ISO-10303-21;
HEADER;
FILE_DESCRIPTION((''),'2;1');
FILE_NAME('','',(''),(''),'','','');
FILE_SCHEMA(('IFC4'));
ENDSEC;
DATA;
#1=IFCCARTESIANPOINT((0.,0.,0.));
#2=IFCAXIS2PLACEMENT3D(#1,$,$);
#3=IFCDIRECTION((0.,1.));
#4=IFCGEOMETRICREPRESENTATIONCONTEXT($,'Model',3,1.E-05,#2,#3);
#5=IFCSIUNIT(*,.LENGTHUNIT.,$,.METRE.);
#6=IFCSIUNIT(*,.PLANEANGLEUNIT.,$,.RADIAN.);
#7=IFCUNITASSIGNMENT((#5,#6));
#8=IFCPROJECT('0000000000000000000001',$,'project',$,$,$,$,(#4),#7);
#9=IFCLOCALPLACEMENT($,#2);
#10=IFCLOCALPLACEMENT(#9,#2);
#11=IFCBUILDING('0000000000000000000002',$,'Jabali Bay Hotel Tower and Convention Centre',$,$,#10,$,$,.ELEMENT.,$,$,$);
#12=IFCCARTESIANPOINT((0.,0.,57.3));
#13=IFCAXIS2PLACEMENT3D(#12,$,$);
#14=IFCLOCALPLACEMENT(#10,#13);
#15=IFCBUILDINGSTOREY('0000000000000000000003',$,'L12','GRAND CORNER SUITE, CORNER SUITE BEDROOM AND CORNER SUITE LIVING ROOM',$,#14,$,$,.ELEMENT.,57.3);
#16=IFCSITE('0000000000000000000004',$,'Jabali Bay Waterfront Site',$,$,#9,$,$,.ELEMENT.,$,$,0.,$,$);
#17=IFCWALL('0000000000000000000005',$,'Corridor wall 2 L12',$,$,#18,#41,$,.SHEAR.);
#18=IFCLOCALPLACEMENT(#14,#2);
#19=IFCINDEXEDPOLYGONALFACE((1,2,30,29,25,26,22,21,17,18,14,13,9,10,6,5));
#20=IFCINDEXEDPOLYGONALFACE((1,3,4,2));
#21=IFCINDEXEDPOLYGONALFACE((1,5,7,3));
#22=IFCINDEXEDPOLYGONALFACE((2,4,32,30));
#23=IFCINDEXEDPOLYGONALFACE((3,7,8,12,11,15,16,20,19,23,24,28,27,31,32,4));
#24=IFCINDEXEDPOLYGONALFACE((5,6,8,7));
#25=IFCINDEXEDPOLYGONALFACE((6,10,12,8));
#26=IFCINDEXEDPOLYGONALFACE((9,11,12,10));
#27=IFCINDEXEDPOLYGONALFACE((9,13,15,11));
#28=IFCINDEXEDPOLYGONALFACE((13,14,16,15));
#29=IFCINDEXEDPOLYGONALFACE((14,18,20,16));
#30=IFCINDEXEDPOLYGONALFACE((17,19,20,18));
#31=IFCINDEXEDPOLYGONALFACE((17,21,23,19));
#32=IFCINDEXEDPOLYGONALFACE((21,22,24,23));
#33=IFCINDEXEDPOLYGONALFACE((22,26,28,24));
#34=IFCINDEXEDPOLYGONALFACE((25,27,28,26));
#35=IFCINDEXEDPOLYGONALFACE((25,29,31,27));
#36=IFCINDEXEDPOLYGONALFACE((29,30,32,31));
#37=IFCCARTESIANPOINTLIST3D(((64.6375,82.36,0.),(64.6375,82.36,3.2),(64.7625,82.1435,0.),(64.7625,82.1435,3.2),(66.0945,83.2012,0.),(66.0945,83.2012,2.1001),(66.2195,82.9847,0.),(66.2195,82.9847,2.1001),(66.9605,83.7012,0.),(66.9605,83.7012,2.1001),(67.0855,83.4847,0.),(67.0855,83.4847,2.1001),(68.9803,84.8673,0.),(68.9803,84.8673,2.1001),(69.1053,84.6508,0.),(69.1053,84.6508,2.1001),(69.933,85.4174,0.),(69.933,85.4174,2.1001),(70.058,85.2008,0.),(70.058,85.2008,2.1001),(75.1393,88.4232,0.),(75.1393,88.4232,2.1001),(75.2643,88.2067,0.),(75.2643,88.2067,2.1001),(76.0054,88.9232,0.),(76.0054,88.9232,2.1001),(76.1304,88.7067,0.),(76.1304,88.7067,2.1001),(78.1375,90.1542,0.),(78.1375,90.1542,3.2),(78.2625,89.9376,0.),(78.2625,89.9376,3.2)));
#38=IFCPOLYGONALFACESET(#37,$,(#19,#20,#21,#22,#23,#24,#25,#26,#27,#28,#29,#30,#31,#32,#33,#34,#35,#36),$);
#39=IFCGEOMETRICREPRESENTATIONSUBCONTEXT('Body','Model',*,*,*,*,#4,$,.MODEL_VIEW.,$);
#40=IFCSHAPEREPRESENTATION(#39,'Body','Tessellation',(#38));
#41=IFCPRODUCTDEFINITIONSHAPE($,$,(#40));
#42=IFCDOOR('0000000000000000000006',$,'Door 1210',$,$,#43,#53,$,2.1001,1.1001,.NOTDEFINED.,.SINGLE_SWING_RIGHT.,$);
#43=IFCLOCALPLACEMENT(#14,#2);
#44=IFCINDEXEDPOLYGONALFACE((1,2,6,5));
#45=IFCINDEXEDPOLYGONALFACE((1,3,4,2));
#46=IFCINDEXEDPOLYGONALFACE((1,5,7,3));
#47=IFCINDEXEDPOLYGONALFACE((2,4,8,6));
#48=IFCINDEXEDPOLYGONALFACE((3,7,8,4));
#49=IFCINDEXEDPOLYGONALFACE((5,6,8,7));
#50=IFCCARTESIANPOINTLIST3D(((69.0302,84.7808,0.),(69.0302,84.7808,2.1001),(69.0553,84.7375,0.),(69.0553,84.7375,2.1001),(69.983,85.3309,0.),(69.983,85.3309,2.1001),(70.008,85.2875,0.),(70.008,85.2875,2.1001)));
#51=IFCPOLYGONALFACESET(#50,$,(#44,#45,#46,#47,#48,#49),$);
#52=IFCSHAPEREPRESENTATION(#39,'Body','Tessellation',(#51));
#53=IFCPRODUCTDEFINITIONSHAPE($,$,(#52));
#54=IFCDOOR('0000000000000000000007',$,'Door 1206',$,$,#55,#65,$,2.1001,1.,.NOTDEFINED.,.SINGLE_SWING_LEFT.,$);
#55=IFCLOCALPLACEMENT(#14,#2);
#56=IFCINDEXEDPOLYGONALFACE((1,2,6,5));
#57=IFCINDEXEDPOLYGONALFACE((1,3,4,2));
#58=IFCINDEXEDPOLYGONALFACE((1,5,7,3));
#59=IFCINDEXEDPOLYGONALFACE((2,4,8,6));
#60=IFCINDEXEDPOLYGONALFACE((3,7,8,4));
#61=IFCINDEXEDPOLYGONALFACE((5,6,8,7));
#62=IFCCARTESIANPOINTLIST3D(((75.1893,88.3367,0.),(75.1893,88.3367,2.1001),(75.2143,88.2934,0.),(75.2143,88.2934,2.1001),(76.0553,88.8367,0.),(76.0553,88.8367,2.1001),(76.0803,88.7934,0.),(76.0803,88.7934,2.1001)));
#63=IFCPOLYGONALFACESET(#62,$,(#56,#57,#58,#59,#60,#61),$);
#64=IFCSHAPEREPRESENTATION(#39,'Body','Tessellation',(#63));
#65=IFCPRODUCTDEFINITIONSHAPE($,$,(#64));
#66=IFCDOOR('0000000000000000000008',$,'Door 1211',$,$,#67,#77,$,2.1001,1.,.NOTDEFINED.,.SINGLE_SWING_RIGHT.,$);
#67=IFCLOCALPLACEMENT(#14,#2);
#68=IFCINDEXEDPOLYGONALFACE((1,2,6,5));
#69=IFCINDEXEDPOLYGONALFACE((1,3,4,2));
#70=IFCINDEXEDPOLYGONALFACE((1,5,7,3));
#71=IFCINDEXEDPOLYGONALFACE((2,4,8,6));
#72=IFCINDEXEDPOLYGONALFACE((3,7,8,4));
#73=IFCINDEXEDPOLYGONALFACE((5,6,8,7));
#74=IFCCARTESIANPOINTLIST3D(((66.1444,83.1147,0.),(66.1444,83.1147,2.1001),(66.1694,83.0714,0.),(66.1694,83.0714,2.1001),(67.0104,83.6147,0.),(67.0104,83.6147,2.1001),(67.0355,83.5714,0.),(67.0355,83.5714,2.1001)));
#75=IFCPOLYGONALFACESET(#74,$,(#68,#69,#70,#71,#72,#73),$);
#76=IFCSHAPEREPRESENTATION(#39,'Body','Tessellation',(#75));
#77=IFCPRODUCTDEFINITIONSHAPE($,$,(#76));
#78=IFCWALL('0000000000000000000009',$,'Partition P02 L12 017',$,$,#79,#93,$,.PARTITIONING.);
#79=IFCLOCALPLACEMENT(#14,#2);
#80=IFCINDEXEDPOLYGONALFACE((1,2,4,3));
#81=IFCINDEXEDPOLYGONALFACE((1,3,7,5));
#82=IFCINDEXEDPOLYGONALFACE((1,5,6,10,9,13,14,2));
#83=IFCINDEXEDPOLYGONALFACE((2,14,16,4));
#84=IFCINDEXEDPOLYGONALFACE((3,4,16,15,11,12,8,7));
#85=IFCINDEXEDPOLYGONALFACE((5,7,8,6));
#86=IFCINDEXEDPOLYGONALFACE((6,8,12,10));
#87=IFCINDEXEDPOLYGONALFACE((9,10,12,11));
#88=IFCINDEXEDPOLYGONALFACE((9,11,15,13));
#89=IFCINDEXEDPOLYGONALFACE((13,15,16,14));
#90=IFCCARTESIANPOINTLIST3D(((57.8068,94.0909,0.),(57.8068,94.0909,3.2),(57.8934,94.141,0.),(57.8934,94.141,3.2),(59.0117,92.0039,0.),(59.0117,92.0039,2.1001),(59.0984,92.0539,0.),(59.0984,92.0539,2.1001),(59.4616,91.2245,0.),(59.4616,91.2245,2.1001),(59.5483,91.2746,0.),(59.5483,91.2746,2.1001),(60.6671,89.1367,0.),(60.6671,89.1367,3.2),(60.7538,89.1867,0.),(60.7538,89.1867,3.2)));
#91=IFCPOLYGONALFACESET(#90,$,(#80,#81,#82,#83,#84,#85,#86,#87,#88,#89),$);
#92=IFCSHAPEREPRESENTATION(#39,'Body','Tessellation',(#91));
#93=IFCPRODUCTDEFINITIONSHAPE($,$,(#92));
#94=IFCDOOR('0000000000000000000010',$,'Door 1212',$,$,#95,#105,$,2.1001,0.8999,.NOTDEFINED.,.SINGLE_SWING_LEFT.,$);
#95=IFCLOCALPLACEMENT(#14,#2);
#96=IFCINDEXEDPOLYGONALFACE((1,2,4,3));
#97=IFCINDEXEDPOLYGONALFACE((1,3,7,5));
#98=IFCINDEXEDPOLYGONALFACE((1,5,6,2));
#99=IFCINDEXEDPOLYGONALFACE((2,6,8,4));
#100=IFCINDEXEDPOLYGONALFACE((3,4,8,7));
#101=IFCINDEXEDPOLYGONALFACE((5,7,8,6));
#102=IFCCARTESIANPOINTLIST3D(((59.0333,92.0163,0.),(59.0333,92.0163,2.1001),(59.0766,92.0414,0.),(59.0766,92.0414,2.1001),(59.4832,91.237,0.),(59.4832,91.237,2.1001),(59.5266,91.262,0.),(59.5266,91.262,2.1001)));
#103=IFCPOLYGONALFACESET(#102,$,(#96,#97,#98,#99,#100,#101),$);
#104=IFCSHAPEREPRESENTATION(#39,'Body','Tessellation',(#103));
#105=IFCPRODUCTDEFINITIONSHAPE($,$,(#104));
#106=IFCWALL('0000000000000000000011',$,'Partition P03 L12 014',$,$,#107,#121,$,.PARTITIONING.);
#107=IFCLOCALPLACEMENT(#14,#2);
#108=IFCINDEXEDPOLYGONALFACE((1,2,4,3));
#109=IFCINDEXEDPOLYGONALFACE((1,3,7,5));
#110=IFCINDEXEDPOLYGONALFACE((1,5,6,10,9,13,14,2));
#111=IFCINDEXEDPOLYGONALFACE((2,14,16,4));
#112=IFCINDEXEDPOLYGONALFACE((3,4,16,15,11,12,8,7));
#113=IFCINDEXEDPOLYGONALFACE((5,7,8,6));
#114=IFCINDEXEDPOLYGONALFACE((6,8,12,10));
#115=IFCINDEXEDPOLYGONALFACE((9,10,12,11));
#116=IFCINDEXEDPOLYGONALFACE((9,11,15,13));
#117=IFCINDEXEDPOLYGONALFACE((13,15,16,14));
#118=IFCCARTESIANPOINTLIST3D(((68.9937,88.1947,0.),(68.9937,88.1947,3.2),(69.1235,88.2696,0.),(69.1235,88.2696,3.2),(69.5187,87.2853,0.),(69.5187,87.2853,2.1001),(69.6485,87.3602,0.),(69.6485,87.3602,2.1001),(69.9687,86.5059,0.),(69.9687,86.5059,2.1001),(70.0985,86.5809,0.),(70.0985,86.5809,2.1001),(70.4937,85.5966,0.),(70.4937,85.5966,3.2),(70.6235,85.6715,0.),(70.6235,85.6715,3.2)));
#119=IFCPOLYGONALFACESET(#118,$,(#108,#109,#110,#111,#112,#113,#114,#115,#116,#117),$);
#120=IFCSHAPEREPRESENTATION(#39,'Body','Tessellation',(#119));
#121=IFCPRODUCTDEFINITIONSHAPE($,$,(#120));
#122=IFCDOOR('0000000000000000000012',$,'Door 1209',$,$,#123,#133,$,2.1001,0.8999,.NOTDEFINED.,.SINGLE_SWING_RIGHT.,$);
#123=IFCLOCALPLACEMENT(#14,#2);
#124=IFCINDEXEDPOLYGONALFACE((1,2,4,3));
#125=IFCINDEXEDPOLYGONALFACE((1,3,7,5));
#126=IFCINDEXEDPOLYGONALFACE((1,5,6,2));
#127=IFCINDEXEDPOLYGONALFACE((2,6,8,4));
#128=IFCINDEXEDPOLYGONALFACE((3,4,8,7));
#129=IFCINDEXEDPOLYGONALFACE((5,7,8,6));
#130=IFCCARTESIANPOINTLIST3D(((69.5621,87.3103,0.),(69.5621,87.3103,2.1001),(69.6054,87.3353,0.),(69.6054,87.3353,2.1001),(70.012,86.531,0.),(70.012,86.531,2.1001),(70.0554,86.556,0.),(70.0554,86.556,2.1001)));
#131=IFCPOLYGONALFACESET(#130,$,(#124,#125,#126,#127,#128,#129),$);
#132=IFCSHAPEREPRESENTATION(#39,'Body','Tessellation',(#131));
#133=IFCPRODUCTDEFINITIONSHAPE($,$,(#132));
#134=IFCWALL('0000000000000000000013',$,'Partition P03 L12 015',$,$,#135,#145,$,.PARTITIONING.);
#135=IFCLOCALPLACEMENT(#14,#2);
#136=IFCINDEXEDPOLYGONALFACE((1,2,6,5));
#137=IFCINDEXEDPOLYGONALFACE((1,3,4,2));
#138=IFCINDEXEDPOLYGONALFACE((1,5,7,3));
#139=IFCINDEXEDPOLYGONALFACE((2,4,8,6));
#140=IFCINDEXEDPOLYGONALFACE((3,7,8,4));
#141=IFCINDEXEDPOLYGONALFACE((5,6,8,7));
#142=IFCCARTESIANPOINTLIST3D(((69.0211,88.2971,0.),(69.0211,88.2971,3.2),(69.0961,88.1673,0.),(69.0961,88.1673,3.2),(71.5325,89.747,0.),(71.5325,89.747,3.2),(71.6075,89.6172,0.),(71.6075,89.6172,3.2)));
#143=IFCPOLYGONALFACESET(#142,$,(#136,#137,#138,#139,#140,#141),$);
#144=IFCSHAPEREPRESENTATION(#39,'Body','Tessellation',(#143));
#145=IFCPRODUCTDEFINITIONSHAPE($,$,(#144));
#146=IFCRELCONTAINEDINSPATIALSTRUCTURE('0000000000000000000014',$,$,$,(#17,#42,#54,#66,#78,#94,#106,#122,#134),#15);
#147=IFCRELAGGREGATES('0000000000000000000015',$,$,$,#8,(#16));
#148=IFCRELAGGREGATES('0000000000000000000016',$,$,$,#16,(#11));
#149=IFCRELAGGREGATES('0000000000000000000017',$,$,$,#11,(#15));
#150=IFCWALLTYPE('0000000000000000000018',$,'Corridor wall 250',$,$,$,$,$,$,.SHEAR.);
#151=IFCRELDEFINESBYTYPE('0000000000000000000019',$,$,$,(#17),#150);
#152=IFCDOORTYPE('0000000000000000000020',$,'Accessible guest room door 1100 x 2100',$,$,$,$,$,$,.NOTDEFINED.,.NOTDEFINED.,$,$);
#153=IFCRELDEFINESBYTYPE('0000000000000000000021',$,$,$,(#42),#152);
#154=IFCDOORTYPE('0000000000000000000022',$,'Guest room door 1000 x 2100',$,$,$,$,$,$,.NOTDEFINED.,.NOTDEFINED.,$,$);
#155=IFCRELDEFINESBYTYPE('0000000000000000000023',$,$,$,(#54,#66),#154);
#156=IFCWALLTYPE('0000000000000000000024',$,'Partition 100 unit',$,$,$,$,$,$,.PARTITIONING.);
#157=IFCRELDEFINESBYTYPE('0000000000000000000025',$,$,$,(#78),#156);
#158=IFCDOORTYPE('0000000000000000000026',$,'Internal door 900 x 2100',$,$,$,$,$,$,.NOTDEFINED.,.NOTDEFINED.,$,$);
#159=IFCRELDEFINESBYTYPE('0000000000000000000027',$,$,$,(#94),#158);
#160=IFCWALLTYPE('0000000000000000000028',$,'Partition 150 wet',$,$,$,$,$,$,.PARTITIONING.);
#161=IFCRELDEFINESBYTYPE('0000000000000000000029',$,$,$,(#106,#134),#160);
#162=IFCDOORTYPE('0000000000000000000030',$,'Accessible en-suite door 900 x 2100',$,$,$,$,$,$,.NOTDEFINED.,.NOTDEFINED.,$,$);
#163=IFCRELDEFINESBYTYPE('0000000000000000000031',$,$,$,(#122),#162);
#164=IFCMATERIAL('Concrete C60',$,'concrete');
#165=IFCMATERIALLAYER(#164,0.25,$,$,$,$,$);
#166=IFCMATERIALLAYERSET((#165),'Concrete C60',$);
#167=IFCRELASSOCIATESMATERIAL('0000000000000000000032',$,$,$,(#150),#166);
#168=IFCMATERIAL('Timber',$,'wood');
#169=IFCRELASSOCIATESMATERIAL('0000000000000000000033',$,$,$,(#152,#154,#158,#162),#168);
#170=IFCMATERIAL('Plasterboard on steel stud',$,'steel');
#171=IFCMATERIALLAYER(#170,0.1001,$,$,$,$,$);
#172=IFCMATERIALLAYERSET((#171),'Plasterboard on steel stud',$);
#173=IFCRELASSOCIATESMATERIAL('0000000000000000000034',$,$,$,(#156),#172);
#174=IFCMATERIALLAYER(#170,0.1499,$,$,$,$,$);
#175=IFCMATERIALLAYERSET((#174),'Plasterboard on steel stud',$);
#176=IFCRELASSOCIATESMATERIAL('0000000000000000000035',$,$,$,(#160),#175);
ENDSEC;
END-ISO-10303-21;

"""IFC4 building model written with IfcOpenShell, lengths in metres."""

from ifc_helpers import new_model, si_unit, direction, frame, frame_2d, origin, place, context, subcontext, project, spatial, rectangle, extrude, material, layer, layer_set, type_object, element, fill, save


model = new_model("IFC4")

# Units and contexts
model_context = context("Model", 3, precision=1e-05, world=origin(), true_north=direction((0.0, 1.0)))
body_context = subcontext(model_context, "Body", "Model", "MODEL_VIEW")
ifc_project = project(units=[si_unit("LENGTHUNIT", "METRE"), si_unit("PLANEANGLEUNIT", "RADIAN")], contexts=[model_context])

# Site, building, storey
site_placement = place(None, origin())
site = spatial("IfcSite", under=ifc_project, at=site_placement, Name="Jabali Bay Waterfront Site", CompositionType="ELEMENT", RefElevation=0.0)
building_placement = place(site_placement, origin())
building = spatial("IfcBuilding", under=site, at=building_placement, Name="Jabali Bay Hotel Tower and Convention Centre", CompositionType="ELEMENT")
storey_placement = place(building_placement, frame((0.0, 0.0, 57.3)))
storey = spatial("IfcBuildingStorey", under=building, at=storey_placement, Name="L12", Description="GRAND CORNER SUITE, CORNER SUITE BEDROOM AND CORNER SUITE LIVING ROOM", CompositionType="ELEMENT", Elevation=57.3)

# Shared definitions
ifc_material_1 = material(Name="Concrete C60", Category="concrete")

# Wall, openings, doors
ifc_layer_1 = layer(ifc_material_1, 0.25)
ifc_layer_set_1 = layer_set([ifc_layer_1], Name="Concrete C60")
wall_type_1 = type_object("IfcWallType", Name="Corridor wall 250", PredefinedType="SHEAR", material=ifc_layer_set_1)
wall_1_placement = place(storey_placement, frame((78.2, 90.0459, 0.0), z_axis=(0.0, 0.0, 1.0), x_axis=(-0.866026, -0.499998, 0.0)))
wall_1 = element("IfcWall", 1, at=wall_1_placement, inside=storey, type_object=wall_type_1, Name="Corridor wall 2 L12", PredefinedType="SHEAR", context=body_context, shape_type="SweptSolid", body=[
    extrude(rectangle(XDim=15.5884, YDim=0.25, at=frame_2d((7.7942, 0.0))), origin(), (0.0, 0.0, 1.0), 3.2),
])
opening_1_placement = place(wall_1_placement, frame((2.4619, 0.0, 0.0)))
opening_1 = element("IfcOpeningElement", 2, at=opening_1_placement, cuts=wall_1, PredefinedType="OPENING", context=body_context, shape_type="SweptSolid", body=[
    extrude(rectangle(XDim=1.0, YDim=2.1001, at=frame_2d((0.5, 1.05))), frame((0.0, 0.1355, 0.0), z_axis=(0.0, -1.0, 0.0), x_axis=(1.0, 0.0, 0.0)), (0.0, 0.0, 1.0), 0.271),
])
opening_2_placement = place(wall_1_placement, frame((9.4736, 0.0, 0.0)))
opening_2 = element("IfcOpeningElement", 3, at=opening_2_placement, cuts=wall_1, PredefinedType="OPENING", context=body_context, shape_type="SweptSolid", body=[
    extrude(rectangle(XDim=1.1001, YDim=2.1001, at=frame_2d((0.55, 1.05))), frame((0.0, 0.1355, 0.0), z_axis=(0.0, -1.0, 0.0), x_axis=(1.0, 0.0, 0.0)), (0.0, 0.0, 1.0), 0.271),
])
opening_3_placement = place(wall_1_placement, frame((12.906, 0.0, 0.0)))
opening_3 = element("IfcOpeningElement", 4, at=opening_3_placement, cuts=wall_1, PredefinedType="OPENING", context=body_context, shape_type="SweptSolid", body=[
    extrude(rectangle(XDim=1.0, YDim=2.1001, at=frame_2d((0.5, 1.05))), frame((0.0, 0.1355, 0.0), z_axis=(0.0, -1.0, 0.0), x_axis=(1.0, 0.0, 0.0)), (0.0, 0.0, 1.0), 0.271),
])
ifc_material_2 = material(Name="Timber", Category="wood")
door_type_1 = type_object("IfcDoorType", Name="Accessible guest room door 1100 x 2100", OperationType="NOTDEFINED", PredefinedType="NOTDEFINED", material=ifc_material_2)
door_1_placement = place(opening_2_placement, origin())
door_1 = element("IfcDoor", 5, at=door_1_placement, inside=storey, type_object=door_type_1, Name="Door 1210", OperationType="SINGLE_SWING_RIGHT", OverallHeight=2.1001, OverallWidth=1.1001, PredefinedType="NOTDEFINED", context=body_context, shape_type="SweptSolid", body=[
    extrude(rectangle(XDim=1.1001, YDim=2.1001, at=frame_2d((0.55, 1.05))), frame((0.0, 0.0249, 0.0), z_axis=(0.0, -1.0, 0.0), x_axis=(1.0, 0.0, 0.0)), (0.0, 0.0, 1.0), 0.05),
])
fill(opening_2, door_1)
door_type_2 = type_object("IfcDoorType", Name="Guest room door 1000 x 2100", OperationType="NOTDEFINED", PredefinedType="NOTDEFINED", material=ifc_material_2)
door_2_placement = place(opening_1_placement, origin())
door_2 = element("IfcDoor", 6, at=door_2_placement, inside=storey, type_object=door_type_2, Name="Door 1206", OperationType="SINGLE_SWING_LEFT", OverallHeight=2.1001, OverallWidth=1.0, PredefinedType="NOTDEFINED", context=body_context, shape_type="SweptSolid", body=[
    extrude(rectangle(XDim=1.0, YDim=2.1001, at=frame_2d((0.5, 1.05))), frame((0.0, 0.0249, 0.0), z_axis=(0.0, -1.0, 0.0), x_axis=(1.0, 0.0, 0.0)), (0.0, 0.0, 1.0), 0.05),
])
fill(opening_1, door_2)
door_3_placement = place(opening_3_placement, origin())
door_3 = element("IfcDoor", 7, at=door_3_placement, inside=storey, type_object=door_type_2, Name="Door 1211", OperationType="SINGLE_SWING_RIGHT", OverallHeight=2.1001, OverallWidth=1.0, PredefinedType="NOTDEFINED", context=body_context, shape_type="SweptSolid", body=[
    extrude(rectangle(XDim=1.0, YDim=2.1001, at=frame_2d((0.5, 1.05))), frame((0.0, 0.0249, 0.0), z_axis=(0.0, -1.0, 0.0), x_axis=(1.0, 0.0, 0.0)), (0.0, 0.0, 1.0), 0.05),
])
fill(opening_3, door_3)

# Walls, openings, doors
ifc_material_3 = material(Name="Plasterboard on steel stud", Category="steel")
ifc_layer_2 = layer(ifc_material_3, 0.1001)
ifc_layer_set_2 = layer_set([ifc_layer_2], Name="Plasterboard on steel stud")
wall_type_2 = type_object("IfcWallType", Name="Partition 100 unit", PredefinedType="PARTITIONING", material=ifc_layer_set_2)
wall_2_placement = place(storey_placement, frame((57.8501, 94.116, 0.0), z_axis=(0.0, 0.0, 1.0), x_axis=(0.499995, -0.866029, 0.0)))
wall_2 = element("IfcWall", 8, at=wall_2_placement, inside=storey, type_object=wall_type_2, Name="Partition P02 L12 017", PredefinedType="PARTITIONING", context=body_context, shape_type="SweptSolid", body=[
    extrude(rectangle(XDim=5.7207, YDim=0.1001, at=frame_2d((2.8604, 0.0))), origin(), (0.0, 0.0, 1.0), 3.2),
])
opening_4_placement = place(wall_2_placement, frame((2.4099, 0.0, 0.0)))
opening_4 = element("IfcOpeningElement", 9, at=opening_4_placement, cuts=wall_2, PredefinedType="OPENING", context=body_context, shape_type="SweptSolid", body=[
    extrude(rectangle(XDim=0.8999, YDim=2.1001, at=frame_2d((0.45, 1.05))), frame((0.0, 0.0605, 0.0), z_axis=(0.0, -1.0, 0.0), x_axis=(1.0, 0.0, 0.0)), (0.0, 0.0, 1.0), 0.1211),
])
door_type_3 = type_object("IfcDoorType", Name="Internal door 900 x 2100", OperationType="NOTDEFINED", PredefinedType="NOTDEFINED", material=ifc_material_2)
door_4_placement = place(opening_4_placement, origin())
door_4 = element("IfcDoor", 10, at=door_4_placement, inside=storey, type_object=door_type_3, Name="Door 1212", OperationType="SINGLE_SWING_LEFT", OverallHeight=2.1001, OverallWidth=0.8999, PredefinedType="NOTDEFINED", context=body_context, shape_type="SweptSolid", body=[
    extrude(rectangle(XDim=0.8999, YDim=2.1001, at=frame_2d((0.45, 1.05))), frame((0.0, 0.0249, 0.0), z_axis=(0.0, -1.0, 0.0), x_axis=(1.0, 0.0, 0.0)), (0.0, 0.0, 1.0), 0.05),
])
fill(opening_4, door_4)
ifc_layer_3 = layer(ifc_material_3, 0.1499)
ifc_layer_set_3 = layer_set([ifc_layer_3], Name="Plasterboard on steel stud")
wall_type_3 = type_object("IfcWallType", Name="Partition 150 wet", PredefinedType="PARTITIONING", material=ifc_layer_set_3)
wall_3_placement = place(storey_placement, frame((70.5586, 85.634, 0.0), z_axis=(0.0, 0.0, 1.0), x_axis=(-0.49999, 0.866031, 0.0)))
wall_3 = element("IfcWall", 11, at=wall_3_placement, inside=storey, type_object=wall_type_3, Name="Partition P03 L12 014", PredefinedType="PARTITIONING", context=body_context, shape_type="SweptSolid", body=[
    extrude(rectangle(XDim=3.0, YDim=0.1499, at=frame_2d((1.5, 0.0))), origin(), (0.0, 0.0, 1.0), 3.2),
])
opening_5_placement = place(wall_3_placement, frame((1.05, 0.0, 0.0)))
opening_5 = element("IfcOpeningElement", 12, at=opening_5_placement, cuts=wall_3, PredefinedType="OPENING", context=body_context, shape_type="SweptSolid", body=[
    extrude(rectangle(XDim=0.8999, YDim=2.1001, at=frame_2d((0.45, 1.05))), frame((0.0, 0.0854, 0.0), z_axis=(0.0, -1.0, 0.0), x_axis=(1.0, 0.0, 0.0)), (0.0, 0.0, 1.0), 0.1709),
])
door_type_4 = type_object("IfcDoorType", Name="Accessible en-suite door 900 x 2100", OperationType="NOTDEFINED", PredefinedType="NOTDEFINED", material=ifc_material_2)
door_5_placement = place(opening_5_placement, origin())
door_5 = element("IfcDoor", 13, at=door_5_placement, inside=storey, type_object=door_type_4, Name="Door 1209", OperationType="SINGLE_SWING_RIGHT", OverallHeight=2.1001, OverallWidth=0.8999, PredefinedType="NOTDEFINED", context=body_context, shape_type="SweptSolid", body=[
    extrude(rectangle(XDim=0.8999, YDim=2.1001, at=frame_2d((0.45, 1.05))), frame((0.0, 0.0249, 0.0), z_axis=(0.0, -1.0, 0.0), x_axis=(1.0, 0.0, 0.0)), (0.0, 0.0, 1.0), 0.05),
])
fill(opening_5, door_5)

# Wall
wall_4_placement = place(storey_placement, frame((69.0586, 88.2322, 0.0), z_axis=(0.0, 0.0, 1.0), x_axis=(0.866033, 0.499987, 0.0)))
element("IfcWall", 14, at=wall_4_placement, inside=storey, type_object=wall_type_3, Name="Partition P03 L12 015", PredefinedType="PARTITIONING", context=body_context, shape_type="SweptSolid", body=[
    extrude(rectangle(XDim=2.8999, YDim=0.1499, at=frame_2d((1.45, 0.0))), origin(), (0.0, 0.0, 1.0), 3.2),
])

save(model, "model.ifc")
